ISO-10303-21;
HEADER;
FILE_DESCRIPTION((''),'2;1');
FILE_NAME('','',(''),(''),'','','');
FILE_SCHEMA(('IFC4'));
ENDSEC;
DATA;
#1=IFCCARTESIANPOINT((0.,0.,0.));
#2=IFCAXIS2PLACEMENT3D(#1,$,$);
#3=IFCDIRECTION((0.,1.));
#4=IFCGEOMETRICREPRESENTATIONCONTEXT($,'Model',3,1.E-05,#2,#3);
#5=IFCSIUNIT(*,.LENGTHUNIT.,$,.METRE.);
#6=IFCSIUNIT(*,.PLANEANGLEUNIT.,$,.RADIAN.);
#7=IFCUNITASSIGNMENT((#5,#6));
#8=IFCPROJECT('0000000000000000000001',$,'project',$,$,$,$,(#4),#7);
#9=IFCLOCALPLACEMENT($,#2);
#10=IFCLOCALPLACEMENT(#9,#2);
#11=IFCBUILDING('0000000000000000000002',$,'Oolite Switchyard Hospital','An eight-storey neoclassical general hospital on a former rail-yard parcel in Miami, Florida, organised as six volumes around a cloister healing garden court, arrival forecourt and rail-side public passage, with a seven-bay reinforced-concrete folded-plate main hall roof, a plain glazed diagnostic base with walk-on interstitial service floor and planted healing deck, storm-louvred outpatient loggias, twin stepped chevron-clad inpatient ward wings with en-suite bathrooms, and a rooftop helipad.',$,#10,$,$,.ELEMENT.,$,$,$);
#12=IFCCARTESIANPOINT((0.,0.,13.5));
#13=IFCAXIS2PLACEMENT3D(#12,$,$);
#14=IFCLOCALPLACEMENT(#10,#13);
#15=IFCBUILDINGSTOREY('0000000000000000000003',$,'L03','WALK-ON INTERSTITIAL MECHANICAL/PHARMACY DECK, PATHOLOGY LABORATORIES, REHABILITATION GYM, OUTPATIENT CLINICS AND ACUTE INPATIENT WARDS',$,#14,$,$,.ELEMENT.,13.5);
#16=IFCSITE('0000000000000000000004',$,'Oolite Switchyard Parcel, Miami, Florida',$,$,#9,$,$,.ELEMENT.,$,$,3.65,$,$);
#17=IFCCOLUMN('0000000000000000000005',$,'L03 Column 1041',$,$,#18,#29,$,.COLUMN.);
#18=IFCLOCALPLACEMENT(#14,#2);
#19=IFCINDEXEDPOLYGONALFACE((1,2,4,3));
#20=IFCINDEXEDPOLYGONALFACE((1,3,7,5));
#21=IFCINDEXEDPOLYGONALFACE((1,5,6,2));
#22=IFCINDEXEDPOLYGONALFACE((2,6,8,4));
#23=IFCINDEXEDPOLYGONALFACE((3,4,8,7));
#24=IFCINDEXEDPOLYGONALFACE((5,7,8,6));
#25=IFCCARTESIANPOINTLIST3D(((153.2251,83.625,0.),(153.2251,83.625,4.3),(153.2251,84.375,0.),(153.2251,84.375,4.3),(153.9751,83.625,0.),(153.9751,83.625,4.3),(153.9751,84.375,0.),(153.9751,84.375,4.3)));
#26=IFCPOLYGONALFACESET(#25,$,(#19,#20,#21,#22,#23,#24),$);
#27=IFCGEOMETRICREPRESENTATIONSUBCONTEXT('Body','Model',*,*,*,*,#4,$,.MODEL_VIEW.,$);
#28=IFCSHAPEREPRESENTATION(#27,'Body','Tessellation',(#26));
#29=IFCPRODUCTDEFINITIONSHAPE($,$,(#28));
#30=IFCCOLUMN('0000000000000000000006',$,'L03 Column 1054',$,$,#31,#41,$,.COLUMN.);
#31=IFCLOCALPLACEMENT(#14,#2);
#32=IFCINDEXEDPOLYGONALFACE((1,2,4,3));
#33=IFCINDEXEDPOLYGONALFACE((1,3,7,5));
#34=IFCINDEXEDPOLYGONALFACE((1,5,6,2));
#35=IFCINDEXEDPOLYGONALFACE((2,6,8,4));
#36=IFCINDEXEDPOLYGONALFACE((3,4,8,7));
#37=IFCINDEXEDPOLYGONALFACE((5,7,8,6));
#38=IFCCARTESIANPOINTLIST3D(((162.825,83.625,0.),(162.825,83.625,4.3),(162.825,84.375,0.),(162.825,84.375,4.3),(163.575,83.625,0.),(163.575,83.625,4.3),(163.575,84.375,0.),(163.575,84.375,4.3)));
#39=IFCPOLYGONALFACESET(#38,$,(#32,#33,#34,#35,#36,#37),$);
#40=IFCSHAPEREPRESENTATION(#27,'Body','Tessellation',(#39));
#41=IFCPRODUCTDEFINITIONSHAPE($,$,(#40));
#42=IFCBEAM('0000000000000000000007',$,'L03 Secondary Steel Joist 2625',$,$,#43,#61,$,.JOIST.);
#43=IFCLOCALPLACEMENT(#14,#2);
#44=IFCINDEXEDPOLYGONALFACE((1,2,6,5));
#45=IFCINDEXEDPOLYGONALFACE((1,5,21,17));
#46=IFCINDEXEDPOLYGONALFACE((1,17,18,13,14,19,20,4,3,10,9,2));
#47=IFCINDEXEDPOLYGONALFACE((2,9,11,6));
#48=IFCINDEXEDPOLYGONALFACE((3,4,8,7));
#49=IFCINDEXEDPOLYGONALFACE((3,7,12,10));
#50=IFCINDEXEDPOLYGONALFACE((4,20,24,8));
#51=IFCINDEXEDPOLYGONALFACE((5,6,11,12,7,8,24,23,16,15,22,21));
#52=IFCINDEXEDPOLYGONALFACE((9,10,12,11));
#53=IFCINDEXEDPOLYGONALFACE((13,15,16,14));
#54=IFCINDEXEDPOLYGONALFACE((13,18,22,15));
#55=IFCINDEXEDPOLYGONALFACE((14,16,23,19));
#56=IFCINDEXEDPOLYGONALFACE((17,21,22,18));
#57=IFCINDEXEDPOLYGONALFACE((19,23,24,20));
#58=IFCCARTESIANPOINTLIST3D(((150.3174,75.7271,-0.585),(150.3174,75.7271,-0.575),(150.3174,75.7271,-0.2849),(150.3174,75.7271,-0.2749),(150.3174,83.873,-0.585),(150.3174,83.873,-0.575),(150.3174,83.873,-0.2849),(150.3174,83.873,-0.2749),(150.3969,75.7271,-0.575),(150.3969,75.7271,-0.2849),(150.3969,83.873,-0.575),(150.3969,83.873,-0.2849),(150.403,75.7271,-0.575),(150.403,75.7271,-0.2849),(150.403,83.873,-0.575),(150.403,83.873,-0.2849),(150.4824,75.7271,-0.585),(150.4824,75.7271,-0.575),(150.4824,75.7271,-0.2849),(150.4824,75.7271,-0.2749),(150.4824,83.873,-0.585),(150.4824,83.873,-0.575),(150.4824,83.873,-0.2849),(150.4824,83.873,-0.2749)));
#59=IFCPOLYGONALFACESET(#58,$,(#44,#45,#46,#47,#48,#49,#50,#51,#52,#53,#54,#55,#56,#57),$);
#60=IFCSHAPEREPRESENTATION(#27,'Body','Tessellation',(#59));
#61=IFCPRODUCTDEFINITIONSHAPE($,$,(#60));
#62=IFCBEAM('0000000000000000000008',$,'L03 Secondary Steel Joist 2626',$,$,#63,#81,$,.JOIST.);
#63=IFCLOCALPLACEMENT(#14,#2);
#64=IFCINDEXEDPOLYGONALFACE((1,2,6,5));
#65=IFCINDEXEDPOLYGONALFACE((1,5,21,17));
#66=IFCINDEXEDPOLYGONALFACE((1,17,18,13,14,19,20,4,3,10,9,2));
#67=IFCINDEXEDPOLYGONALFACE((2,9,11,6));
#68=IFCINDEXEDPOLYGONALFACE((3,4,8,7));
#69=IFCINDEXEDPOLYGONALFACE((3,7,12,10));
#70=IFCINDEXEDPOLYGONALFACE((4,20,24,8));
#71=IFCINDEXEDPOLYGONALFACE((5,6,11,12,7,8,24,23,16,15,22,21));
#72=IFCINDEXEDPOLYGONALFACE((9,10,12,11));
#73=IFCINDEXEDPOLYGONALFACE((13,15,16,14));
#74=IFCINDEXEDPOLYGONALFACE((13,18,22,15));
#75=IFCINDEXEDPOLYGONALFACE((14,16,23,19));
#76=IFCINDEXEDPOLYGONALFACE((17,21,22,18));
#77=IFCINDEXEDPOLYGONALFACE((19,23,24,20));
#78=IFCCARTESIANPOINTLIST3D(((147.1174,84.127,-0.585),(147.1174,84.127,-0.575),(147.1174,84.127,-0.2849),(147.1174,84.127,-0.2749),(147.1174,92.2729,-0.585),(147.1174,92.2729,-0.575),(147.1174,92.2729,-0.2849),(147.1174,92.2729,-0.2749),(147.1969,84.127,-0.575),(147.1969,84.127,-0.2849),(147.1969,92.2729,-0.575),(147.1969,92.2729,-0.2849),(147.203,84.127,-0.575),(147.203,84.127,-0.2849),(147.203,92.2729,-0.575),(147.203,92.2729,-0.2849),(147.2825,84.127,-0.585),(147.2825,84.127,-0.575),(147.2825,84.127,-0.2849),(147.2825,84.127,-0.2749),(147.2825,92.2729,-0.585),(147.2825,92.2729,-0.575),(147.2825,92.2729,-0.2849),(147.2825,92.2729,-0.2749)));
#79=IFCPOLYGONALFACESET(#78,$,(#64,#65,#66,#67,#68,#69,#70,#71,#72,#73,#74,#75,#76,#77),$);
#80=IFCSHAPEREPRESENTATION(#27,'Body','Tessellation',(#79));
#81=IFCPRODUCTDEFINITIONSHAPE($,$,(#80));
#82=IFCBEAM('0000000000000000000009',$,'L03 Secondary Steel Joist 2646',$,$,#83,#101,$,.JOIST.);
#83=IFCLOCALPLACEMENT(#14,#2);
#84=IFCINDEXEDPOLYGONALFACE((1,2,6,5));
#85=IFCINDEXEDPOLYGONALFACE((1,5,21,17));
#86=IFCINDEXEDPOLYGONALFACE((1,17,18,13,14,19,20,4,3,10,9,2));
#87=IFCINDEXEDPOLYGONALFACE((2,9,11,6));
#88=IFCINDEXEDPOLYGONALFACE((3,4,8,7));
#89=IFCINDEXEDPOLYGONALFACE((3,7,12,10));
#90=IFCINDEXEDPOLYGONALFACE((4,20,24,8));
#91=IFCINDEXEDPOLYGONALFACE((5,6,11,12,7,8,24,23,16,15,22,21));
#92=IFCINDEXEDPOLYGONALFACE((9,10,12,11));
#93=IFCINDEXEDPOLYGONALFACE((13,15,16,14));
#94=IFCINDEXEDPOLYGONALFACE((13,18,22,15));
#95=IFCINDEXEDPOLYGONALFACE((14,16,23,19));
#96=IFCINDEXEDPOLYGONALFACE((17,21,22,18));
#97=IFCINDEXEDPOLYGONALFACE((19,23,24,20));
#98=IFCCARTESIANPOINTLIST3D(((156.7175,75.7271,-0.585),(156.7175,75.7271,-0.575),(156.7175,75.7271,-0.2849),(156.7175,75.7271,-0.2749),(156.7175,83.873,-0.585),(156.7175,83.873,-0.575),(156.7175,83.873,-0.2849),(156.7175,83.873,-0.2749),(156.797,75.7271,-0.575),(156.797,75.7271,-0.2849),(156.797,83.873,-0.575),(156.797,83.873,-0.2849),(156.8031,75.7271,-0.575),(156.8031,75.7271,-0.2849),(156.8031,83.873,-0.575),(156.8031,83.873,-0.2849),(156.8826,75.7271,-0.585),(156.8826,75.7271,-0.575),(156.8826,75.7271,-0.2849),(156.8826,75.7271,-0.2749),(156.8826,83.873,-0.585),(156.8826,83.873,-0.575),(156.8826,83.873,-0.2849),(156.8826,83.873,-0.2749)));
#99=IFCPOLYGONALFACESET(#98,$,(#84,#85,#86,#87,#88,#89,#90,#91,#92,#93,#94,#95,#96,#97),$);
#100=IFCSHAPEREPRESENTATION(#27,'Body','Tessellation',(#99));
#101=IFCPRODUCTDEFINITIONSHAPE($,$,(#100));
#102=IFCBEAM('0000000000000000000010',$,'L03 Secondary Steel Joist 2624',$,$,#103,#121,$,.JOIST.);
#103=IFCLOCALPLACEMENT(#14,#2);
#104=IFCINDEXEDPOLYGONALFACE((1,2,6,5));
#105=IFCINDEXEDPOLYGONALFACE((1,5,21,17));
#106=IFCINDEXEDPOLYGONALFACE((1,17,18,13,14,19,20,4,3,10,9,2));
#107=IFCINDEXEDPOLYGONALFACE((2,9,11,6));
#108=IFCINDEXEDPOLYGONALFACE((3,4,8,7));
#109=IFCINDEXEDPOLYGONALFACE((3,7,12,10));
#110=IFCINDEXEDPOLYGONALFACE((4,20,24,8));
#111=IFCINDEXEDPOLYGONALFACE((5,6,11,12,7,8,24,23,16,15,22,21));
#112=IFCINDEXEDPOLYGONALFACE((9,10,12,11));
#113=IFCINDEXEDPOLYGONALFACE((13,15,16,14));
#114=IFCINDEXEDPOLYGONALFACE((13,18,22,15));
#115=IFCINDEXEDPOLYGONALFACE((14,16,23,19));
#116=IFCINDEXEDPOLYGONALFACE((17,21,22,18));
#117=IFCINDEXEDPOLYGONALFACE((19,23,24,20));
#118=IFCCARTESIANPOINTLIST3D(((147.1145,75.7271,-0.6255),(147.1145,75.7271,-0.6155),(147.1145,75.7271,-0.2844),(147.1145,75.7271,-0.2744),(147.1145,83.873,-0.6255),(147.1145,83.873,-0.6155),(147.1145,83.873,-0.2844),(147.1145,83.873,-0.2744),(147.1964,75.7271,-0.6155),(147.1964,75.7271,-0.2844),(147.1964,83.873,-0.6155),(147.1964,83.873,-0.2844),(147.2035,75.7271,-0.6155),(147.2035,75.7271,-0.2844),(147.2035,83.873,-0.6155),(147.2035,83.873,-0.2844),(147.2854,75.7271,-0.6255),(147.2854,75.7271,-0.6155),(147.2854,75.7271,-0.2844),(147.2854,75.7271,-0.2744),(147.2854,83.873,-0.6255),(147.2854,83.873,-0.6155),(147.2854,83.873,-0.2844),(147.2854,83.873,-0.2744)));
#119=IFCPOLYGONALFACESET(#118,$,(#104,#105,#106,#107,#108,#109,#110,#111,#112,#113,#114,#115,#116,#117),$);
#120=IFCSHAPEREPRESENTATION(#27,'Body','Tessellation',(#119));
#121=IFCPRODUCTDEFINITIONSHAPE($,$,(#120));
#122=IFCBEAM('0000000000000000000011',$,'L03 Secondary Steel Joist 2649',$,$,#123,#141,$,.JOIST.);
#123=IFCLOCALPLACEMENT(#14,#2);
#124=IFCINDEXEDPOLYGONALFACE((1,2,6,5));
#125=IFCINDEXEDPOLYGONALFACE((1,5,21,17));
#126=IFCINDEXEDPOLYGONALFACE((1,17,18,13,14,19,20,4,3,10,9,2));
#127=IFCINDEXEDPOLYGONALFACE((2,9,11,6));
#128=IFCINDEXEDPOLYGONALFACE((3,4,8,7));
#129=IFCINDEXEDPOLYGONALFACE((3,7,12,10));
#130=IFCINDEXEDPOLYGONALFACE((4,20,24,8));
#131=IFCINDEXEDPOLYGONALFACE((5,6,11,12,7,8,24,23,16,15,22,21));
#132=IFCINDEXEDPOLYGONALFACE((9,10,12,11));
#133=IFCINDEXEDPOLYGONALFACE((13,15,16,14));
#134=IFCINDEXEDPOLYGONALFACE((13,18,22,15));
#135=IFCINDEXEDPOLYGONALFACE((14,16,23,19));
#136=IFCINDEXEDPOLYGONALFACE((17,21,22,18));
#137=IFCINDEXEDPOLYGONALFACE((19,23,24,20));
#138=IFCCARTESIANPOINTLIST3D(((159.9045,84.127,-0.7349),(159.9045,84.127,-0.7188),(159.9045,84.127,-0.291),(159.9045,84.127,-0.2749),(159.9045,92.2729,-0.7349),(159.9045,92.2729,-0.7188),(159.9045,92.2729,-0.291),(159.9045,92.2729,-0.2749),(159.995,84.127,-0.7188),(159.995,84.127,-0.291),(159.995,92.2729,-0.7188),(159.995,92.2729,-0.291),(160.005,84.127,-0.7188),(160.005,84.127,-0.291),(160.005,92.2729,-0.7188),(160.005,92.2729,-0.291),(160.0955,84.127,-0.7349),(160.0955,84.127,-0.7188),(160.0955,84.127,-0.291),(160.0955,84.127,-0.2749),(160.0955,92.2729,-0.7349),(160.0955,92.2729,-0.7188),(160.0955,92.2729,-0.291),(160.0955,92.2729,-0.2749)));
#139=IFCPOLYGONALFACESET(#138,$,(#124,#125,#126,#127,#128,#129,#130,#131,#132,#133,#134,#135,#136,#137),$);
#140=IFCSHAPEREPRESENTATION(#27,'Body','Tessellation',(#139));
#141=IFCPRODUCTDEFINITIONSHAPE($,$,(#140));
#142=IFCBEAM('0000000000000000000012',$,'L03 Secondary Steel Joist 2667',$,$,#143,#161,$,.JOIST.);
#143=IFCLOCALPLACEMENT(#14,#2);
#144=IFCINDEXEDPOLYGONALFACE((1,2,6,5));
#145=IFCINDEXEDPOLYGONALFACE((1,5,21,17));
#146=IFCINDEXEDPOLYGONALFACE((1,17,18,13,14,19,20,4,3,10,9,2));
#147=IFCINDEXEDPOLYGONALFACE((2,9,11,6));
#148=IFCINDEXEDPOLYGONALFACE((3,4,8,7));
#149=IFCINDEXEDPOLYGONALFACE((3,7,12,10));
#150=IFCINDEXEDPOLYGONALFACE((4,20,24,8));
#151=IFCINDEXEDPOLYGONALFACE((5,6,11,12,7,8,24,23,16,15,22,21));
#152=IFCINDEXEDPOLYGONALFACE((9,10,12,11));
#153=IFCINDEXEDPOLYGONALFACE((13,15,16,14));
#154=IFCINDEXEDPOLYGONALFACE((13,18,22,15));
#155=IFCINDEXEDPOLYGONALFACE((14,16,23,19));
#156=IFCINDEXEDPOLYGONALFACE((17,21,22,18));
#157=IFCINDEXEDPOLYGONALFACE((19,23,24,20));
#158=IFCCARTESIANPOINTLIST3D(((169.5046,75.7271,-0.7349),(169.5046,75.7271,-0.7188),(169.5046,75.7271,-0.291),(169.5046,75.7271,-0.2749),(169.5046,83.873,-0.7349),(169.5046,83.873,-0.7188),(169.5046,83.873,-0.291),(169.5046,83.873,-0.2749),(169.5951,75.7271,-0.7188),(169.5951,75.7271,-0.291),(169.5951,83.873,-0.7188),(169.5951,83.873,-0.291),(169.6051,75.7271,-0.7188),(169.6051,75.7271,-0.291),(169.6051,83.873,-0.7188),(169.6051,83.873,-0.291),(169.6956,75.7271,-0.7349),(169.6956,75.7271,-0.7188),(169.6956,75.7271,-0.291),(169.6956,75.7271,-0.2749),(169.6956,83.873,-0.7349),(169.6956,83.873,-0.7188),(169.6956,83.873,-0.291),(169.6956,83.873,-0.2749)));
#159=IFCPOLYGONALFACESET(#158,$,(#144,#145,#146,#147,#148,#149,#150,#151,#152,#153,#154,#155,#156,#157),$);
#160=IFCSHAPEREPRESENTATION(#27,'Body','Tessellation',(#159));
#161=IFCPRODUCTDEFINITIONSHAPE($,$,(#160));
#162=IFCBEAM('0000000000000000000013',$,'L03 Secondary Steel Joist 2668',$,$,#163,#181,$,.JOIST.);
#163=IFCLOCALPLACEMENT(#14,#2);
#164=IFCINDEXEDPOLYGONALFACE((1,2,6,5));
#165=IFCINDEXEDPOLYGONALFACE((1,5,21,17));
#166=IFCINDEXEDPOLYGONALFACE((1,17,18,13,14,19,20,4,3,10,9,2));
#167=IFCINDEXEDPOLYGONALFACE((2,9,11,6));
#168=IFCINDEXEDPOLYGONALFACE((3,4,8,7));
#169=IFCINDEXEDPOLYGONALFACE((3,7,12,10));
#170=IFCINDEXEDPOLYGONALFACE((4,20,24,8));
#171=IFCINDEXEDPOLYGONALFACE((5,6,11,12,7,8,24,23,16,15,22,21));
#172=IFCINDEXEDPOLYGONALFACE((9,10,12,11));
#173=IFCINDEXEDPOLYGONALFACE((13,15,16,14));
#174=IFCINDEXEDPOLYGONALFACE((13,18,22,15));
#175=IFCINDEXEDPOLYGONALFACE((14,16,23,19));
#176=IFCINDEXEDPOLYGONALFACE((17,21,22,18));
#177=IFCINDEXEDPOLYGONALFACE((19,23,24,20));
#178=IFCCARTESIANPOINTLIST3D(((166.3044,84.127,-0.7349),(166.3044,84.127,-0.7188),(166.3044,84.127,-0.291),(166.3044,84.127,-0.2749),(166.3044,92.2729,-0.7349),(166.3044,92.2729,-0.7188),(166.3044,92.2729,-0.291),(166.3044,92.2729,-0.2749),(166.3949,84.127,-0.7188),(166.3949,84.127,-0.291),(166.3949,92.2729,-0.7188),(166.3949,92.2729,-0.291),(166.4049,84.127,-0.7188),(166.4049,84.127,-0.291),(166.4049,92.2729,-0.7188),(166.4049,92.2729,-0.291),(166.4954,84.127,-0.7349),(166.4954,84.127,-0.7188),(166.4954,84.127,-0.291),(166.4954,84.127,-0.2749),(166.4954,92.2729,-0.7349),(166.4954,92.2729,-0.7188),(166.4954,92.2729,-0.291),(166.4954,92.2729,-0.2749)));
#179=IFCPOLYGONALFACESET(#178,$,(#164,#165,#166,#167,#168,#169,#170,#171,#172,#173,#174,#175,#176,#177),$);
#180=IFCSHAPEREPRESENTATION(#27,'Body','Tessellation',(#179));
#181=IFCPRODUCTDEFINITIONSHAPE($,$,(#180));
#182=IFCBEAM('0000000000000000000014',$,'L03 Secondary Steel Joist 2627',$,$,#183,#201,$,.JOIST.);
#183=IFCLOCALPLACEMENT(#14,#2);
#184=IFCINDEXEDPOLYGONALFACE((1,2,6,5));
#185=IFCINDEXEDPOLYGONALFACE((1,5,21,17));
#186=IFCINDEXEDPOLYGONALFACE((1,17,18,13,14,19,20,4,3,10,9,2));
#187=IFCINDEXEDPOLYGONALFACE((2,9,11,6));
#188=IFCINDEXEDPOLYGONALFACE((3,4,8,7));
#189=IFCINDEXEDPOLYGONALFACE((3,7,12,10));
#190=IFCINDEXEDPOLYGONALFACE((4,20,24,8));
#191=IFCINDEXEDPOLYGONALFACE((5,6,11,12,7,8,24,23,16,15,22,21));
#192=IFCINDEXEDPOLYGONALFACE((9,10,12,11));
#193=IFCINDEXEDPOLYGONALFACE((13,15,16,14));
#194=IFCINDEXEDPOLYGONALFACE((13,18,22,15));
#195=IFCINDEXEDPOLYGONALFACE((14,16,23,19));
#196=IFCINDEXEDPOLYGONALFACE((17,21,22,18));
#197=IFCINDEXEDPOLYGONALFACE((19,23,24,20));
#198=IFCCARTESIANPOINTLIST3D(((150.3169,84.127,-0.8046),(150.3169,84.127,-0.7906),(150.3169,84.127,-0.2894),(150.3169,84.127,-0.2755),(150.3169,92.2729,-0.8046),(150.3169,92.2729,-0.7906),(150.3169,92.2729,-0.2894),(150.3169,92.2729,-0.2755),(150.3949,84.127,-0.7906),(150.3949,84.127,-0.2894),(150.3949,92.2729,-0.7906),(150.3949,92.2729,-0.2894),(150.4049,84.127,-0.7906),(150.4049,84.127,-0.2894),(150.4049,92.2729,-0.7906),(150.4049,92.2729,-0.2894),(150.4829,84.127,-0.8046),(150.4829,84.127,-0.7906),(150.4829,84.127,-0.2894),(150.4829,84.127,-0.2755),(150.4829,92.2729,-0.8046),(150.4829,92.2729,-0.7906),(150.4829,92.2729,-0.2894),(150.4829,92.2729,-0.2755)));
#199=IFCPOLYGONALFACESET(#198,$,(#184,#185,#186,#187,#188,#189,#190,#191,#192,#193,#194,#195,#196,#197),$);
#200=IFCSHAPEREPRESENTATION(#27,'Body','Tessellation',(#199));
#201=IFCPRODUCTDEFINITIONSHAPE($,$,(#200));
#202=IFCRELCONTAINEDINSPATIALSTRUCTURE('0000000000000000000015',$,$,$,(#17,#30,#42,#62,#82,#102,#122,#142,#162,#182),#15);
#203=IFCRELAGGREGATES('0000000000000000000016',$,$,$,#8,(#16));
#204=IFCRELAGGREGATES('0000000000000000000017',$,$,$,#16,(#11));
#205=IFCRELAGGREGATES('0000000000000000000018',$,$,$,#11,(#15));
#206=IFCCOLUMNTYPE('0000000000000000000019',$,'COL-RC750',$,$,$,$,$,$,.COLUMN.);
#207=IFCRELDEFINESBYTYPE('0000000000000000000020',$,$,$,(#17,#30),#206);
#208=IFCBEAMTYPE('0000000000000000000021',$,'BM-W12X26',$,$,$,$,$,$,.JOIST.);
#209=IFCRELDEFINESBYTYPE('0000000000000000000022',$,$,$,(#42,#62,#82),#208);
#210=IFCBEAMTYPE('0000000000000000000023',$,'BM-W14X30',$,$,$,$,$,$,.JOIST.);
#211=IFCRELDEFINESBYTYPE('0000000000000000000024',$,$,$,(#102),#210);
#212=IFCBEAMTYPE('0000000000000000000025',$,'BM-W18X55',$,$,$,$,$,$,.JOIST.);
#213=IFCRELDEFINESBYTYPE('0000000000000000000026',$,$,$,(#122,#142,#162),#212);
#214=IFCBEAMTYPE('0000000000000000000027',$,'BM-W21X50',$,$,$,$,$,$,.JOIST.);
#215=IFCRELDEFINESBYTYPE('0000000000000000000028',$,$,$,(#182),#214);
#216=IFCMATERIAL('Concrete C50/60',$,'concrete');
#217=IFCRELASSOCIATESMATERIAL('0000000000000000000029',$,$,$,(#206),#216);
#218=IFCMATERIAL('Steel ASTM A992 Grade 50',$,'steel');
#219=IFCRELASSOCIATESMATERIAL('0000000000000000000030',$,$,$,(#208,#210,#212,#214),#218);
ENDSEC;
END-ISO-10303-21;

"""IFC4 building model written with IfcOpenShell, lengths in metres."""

from ifc_helpers import new_model, si_unit, direction, frame, origin, origin_2d, place, context, subcontext, project, spatial, rectangle, i_section, extrude, material, material_profile, profile_set, type_object, element, save


model = new_model("IFC4")

# Units and contexts
model_context = context("Model", 3, precision=1e-05, world=origin(), true_north=direction((0.0, 1.0)))
body_context = subcontext(model_context, "Body", "Model", "MODEL_VIEW")
ifc_project = project(units=[si_unit("LENGTHUNIT", "METRE"), si_unit("PLANEANGLEUNIT", "RADIAN")], contexts=[model_context])

# Site, building, storey
site_placement = place(None, origin())
site = spatial("IfcSite", under=ifc_project, at=site_placement, Name="Oolite Switchyard Parcel, Miami, Florida", CompositionType="ELEMENT", RefElevation=3.65)
building_placement = place(site_placement, origin())
building = spatial("IfcBuilding", under=site, at=building_placement, Name="Oolite Switchyard Hospital", Description="An eight-storey neoclassical general hospital on a former rail-yard parcel in Miami, Florida, organised as six volumes around a cloister healing garden court, arrival forecourt and rail-side public passage, with a seven-bay reinforced-concrete folded-plate main hall roof, a plain glazed diagnostic base with walk-on interstitial service floor and planted healing deck, storm-louvred outpatient loggias, twin stepped chevron-clad inpatient ward wings with en-suite bathrooms, and a rooftop helipad.", CompositionType="ELEMENT")
storey_placement = place(building_placement, frame((0.0, 0.0, 13.5)))
storey = spatial("IfcBuildingStorey", under=building, at=storey_placement, Name="L03", Description="WALK-ON INTERSTITIAL MECHANICAL/PHARMACY DECK, PATHOLOGY LABORATORIES, REHABILITATION GYM, OUTPATIENT CLINICS AND ACUTE INPATIENT WARDS", CompositionType="ELEMENT", Elevation=13.5)

# Columns
ifc_material_1 = material(Name="Concrete C50/60", Category="concrete")
ifc_material_profile_1 = material_profile(ifc_material_1, rectangle(XDim=0.75, YDim=0.75, at=origin_2d()), Name="RC750X750")
ifc_profile_set_1 = profile_set([ifc_material_profile_1], Name="Concrete C50/60")
column_type = type_object("IfcColumnType", Name="COL-RC750", PredefinedType="COLUMN", material=ifc_profile_set_1)
for number, where, z_axis, x_axis, name in (
    (1, (153.6001, 84.0, 0.0), (0.0, 0.0, 1.0), (1.0, 0.0, 0.0), "L03 Column 1041"),
    (2, (163.2, 84.0, 0.0), (0.0, 0.0, 1.0), (1.0, 0.0, 0.0), "L03 Column 1054"),
):
    element("IfcColumn", number, at=place(storey_placement, frame(where, z_axis=z_axis, x_axis=x_axis)), inside=storey, type_object=column_type, Name=name, PredefinedType="COLUMN", context=body_context, shape_type="SweptSolid", body=[
        extrude(rectangle(XDim=0.75, YDim=0.75, at=origin_2d()), origin(), (0.0, 0.0, 1.0), 4.3),
    ])

# Beams
ifc_material_2 = material(Name="Steel ASTM A992 Grade 50", Category="steel")
ifc_material_profile_2 = material_profile(ifc_material_2, i_section(OverallWidth=0.165, OverallDepth=0.3101, WebThickness=0.0061, FlangeThickness=0.01, at=origin_2d()), Name="W12X26")
ifc_profile_set_2 = profile_set([ifc_material_profile_2], Name="Steel ASTM A992 Grade 50")
beam_type_1 = type_object("IfcBeamType", Name="BM-W12X26", PredefinedType="JOIST", material=ifc_profile_set_2)
for number, where, z_axis, x_axis, name in (
    (3, (150.3999, 75.7271, -0.4299), (0.0, 1.0, 0.0), (-1.0, 0.0, 0.0), "L03 Secondary Steel Joist 2625"),
    (4, (147.2, 84.127, -0.4299), (0.0, 1.0, 0.0), (-1.0, 0.0, 0.0), "L03 Secondary Steel Joist 2626"),
    (5, (156.8, 75.7271, -0.4299), (0.0, 1.0, 0.0), (-1.0, 0.0, 0.0), "L03 Secondary Steel Joist 2646"),
):
    element("IfcBeam", number, at=place(storey_placement, frame(where, z_axis=z_axis, x_axis=x_axis)), inside=storey, type_object=beam_type_1, Name=name, PredefinedType="JOIST", context=body_context, shape_type="SweptSolid", body=[
        extrude(i_section(OverallWidth=0.165, OverallDepth=0.3101, WebThickness=0.0061, FlangeThickness=0.01, at=origin_2d()), origin(), (0.0, 0.0, 1.0), 8.146),
    ])
ifc_material_profile_3 = material_profile(ifc_material_2, i_section(OverallWidth=0.1709, OverallDepth=0.3511, WebThickness=0.0071, FlangeThickness=0.01, at=origin_2d()), Name="W14X30")
ifc_profile_set_3 = profile_set([ifc_material_profile_3], Name="Steel ASTM A992 Grade 50")
beam_type_2 = type_object("IfcBeamType", Name="BM-W14X30", PredefinedType="JOIST", material=ifc_profile_set_3)
beam_1_placement = place(storey_placement, frame((147.2, 75.7271, -0.45), z_axis=(0.0, 1.0, 0.0), x_axis=(-1.0, 0.0, 0.0)))
element("IfcBeam", 6, at=beam_1_placement, inside=storey, type_object=beam_type_2, Name="L03 Secondary Steel Joist 2624", PredefinedType="JOIST", context=body_context, shape_type="SweptSolid", body=[
    extrude(i_section(OverallWidth=0.1709, OverallDepth=0.3511, WebThickness=0.0071, FlangeThickness=0.01, at=origin_2d()), origin(), (0.0, 0.0, 1.0), 8.146),
])
ifc_material_profile_4 = material_profile(ifc_material_2, i_section(OverallWidth=0.1909, OverallDepth=0.46, WebThickness=0.01, FlangeThickness=0.0161, at=origin_2d()), Name="W18X55")
ifc_profile_set_4 = profile_set([ifc_material_profile_4], Name="Steel ASTM A992 Grade 50")
beam_type_3 = type_object("IfcBeamType", Name="BM-W18X55", PredefinedType="JOIST", material=ifc_profile_set_4)
for number, where, z_axis, x_axis, name in (
    (7, (160.0, 84.127, -0.5049), (0.0, 1.0, 0.0), (-1.0, 0.0, 0.0), "L03 Secondary Steel Joist 2649"),
    (8, (169.6001, 75.7271, -0.5049), (0.0, 1.0, 0.0), (-1.0, 0.0, 0.0), "L03 Secondary Steel Joist 2667"),
    (9, (166.3999, 84.127, -0.5049), (0.0, 1.0, 0.0), (-1.0, 0.0, 0.0), "L03 Secondary Steel Joist 2668"),
):
    element("IfcBeam", number, at=place(storey_placement, frame(where, z_axis=z_axis, x_axis=x_axis)), inside=storey, type_object=beam_type_3, Name=name, PredefinedType="JOIST", context=body_context, shape_type="SweptSolid", body=[
        extrude(i_section(OverallWidth=0.1909, OverallDepth=0.46, WebThickness=0.01, FlangeThickness=0.0161, at=origin_2d()), origin(), (0.0, 0.0, 1.0), 8.146),
    ])
ifc_material_profile_5 = material_profile(ifc_material_2, i_section(OverallWidth=0.166, OverallDepth=0.5291, WebThickness=0.01, FlangeThickness=0.0139, at=origin_2d()), Name="W21X50")
ifc_profile_set_5 = profile_set([ifc_material_profile_5], Name="Steel ASTM A992 Grade 50")
beam_type_4 = type_object("IfcBeamType", Name="BM-W21X50", PredefinedType="JOIST", material=ifc_profile_set_5)
for number, where, z_axis, x_axis, name in (
    (10, (150.3999, 84.127, -0.54), (0.0, 1.0, 0.0), (-1.0, 0.0, 0.0), "L03 Secondary Steel Joist 2627"),
):
    element("IfcBeam", number, at=place(storey_placement, frame(where, z_axis=z_axis, x_axis=x_axis)), inside=storey, type_object=beam_type_4, Name=name, PredefinedType="JOIST", context=body_context, shape_type="SweptSolid", body=[
        extrude(i_section(OverallWidth=0.166, OverallDepth=0.5291, WebThickness=0.01, FlangeThickness=0.0139, at=origin_2d()), origin(), (0.0, 0.0, 1.0), 8.146),
    ])

save(model, "model.ifc")
